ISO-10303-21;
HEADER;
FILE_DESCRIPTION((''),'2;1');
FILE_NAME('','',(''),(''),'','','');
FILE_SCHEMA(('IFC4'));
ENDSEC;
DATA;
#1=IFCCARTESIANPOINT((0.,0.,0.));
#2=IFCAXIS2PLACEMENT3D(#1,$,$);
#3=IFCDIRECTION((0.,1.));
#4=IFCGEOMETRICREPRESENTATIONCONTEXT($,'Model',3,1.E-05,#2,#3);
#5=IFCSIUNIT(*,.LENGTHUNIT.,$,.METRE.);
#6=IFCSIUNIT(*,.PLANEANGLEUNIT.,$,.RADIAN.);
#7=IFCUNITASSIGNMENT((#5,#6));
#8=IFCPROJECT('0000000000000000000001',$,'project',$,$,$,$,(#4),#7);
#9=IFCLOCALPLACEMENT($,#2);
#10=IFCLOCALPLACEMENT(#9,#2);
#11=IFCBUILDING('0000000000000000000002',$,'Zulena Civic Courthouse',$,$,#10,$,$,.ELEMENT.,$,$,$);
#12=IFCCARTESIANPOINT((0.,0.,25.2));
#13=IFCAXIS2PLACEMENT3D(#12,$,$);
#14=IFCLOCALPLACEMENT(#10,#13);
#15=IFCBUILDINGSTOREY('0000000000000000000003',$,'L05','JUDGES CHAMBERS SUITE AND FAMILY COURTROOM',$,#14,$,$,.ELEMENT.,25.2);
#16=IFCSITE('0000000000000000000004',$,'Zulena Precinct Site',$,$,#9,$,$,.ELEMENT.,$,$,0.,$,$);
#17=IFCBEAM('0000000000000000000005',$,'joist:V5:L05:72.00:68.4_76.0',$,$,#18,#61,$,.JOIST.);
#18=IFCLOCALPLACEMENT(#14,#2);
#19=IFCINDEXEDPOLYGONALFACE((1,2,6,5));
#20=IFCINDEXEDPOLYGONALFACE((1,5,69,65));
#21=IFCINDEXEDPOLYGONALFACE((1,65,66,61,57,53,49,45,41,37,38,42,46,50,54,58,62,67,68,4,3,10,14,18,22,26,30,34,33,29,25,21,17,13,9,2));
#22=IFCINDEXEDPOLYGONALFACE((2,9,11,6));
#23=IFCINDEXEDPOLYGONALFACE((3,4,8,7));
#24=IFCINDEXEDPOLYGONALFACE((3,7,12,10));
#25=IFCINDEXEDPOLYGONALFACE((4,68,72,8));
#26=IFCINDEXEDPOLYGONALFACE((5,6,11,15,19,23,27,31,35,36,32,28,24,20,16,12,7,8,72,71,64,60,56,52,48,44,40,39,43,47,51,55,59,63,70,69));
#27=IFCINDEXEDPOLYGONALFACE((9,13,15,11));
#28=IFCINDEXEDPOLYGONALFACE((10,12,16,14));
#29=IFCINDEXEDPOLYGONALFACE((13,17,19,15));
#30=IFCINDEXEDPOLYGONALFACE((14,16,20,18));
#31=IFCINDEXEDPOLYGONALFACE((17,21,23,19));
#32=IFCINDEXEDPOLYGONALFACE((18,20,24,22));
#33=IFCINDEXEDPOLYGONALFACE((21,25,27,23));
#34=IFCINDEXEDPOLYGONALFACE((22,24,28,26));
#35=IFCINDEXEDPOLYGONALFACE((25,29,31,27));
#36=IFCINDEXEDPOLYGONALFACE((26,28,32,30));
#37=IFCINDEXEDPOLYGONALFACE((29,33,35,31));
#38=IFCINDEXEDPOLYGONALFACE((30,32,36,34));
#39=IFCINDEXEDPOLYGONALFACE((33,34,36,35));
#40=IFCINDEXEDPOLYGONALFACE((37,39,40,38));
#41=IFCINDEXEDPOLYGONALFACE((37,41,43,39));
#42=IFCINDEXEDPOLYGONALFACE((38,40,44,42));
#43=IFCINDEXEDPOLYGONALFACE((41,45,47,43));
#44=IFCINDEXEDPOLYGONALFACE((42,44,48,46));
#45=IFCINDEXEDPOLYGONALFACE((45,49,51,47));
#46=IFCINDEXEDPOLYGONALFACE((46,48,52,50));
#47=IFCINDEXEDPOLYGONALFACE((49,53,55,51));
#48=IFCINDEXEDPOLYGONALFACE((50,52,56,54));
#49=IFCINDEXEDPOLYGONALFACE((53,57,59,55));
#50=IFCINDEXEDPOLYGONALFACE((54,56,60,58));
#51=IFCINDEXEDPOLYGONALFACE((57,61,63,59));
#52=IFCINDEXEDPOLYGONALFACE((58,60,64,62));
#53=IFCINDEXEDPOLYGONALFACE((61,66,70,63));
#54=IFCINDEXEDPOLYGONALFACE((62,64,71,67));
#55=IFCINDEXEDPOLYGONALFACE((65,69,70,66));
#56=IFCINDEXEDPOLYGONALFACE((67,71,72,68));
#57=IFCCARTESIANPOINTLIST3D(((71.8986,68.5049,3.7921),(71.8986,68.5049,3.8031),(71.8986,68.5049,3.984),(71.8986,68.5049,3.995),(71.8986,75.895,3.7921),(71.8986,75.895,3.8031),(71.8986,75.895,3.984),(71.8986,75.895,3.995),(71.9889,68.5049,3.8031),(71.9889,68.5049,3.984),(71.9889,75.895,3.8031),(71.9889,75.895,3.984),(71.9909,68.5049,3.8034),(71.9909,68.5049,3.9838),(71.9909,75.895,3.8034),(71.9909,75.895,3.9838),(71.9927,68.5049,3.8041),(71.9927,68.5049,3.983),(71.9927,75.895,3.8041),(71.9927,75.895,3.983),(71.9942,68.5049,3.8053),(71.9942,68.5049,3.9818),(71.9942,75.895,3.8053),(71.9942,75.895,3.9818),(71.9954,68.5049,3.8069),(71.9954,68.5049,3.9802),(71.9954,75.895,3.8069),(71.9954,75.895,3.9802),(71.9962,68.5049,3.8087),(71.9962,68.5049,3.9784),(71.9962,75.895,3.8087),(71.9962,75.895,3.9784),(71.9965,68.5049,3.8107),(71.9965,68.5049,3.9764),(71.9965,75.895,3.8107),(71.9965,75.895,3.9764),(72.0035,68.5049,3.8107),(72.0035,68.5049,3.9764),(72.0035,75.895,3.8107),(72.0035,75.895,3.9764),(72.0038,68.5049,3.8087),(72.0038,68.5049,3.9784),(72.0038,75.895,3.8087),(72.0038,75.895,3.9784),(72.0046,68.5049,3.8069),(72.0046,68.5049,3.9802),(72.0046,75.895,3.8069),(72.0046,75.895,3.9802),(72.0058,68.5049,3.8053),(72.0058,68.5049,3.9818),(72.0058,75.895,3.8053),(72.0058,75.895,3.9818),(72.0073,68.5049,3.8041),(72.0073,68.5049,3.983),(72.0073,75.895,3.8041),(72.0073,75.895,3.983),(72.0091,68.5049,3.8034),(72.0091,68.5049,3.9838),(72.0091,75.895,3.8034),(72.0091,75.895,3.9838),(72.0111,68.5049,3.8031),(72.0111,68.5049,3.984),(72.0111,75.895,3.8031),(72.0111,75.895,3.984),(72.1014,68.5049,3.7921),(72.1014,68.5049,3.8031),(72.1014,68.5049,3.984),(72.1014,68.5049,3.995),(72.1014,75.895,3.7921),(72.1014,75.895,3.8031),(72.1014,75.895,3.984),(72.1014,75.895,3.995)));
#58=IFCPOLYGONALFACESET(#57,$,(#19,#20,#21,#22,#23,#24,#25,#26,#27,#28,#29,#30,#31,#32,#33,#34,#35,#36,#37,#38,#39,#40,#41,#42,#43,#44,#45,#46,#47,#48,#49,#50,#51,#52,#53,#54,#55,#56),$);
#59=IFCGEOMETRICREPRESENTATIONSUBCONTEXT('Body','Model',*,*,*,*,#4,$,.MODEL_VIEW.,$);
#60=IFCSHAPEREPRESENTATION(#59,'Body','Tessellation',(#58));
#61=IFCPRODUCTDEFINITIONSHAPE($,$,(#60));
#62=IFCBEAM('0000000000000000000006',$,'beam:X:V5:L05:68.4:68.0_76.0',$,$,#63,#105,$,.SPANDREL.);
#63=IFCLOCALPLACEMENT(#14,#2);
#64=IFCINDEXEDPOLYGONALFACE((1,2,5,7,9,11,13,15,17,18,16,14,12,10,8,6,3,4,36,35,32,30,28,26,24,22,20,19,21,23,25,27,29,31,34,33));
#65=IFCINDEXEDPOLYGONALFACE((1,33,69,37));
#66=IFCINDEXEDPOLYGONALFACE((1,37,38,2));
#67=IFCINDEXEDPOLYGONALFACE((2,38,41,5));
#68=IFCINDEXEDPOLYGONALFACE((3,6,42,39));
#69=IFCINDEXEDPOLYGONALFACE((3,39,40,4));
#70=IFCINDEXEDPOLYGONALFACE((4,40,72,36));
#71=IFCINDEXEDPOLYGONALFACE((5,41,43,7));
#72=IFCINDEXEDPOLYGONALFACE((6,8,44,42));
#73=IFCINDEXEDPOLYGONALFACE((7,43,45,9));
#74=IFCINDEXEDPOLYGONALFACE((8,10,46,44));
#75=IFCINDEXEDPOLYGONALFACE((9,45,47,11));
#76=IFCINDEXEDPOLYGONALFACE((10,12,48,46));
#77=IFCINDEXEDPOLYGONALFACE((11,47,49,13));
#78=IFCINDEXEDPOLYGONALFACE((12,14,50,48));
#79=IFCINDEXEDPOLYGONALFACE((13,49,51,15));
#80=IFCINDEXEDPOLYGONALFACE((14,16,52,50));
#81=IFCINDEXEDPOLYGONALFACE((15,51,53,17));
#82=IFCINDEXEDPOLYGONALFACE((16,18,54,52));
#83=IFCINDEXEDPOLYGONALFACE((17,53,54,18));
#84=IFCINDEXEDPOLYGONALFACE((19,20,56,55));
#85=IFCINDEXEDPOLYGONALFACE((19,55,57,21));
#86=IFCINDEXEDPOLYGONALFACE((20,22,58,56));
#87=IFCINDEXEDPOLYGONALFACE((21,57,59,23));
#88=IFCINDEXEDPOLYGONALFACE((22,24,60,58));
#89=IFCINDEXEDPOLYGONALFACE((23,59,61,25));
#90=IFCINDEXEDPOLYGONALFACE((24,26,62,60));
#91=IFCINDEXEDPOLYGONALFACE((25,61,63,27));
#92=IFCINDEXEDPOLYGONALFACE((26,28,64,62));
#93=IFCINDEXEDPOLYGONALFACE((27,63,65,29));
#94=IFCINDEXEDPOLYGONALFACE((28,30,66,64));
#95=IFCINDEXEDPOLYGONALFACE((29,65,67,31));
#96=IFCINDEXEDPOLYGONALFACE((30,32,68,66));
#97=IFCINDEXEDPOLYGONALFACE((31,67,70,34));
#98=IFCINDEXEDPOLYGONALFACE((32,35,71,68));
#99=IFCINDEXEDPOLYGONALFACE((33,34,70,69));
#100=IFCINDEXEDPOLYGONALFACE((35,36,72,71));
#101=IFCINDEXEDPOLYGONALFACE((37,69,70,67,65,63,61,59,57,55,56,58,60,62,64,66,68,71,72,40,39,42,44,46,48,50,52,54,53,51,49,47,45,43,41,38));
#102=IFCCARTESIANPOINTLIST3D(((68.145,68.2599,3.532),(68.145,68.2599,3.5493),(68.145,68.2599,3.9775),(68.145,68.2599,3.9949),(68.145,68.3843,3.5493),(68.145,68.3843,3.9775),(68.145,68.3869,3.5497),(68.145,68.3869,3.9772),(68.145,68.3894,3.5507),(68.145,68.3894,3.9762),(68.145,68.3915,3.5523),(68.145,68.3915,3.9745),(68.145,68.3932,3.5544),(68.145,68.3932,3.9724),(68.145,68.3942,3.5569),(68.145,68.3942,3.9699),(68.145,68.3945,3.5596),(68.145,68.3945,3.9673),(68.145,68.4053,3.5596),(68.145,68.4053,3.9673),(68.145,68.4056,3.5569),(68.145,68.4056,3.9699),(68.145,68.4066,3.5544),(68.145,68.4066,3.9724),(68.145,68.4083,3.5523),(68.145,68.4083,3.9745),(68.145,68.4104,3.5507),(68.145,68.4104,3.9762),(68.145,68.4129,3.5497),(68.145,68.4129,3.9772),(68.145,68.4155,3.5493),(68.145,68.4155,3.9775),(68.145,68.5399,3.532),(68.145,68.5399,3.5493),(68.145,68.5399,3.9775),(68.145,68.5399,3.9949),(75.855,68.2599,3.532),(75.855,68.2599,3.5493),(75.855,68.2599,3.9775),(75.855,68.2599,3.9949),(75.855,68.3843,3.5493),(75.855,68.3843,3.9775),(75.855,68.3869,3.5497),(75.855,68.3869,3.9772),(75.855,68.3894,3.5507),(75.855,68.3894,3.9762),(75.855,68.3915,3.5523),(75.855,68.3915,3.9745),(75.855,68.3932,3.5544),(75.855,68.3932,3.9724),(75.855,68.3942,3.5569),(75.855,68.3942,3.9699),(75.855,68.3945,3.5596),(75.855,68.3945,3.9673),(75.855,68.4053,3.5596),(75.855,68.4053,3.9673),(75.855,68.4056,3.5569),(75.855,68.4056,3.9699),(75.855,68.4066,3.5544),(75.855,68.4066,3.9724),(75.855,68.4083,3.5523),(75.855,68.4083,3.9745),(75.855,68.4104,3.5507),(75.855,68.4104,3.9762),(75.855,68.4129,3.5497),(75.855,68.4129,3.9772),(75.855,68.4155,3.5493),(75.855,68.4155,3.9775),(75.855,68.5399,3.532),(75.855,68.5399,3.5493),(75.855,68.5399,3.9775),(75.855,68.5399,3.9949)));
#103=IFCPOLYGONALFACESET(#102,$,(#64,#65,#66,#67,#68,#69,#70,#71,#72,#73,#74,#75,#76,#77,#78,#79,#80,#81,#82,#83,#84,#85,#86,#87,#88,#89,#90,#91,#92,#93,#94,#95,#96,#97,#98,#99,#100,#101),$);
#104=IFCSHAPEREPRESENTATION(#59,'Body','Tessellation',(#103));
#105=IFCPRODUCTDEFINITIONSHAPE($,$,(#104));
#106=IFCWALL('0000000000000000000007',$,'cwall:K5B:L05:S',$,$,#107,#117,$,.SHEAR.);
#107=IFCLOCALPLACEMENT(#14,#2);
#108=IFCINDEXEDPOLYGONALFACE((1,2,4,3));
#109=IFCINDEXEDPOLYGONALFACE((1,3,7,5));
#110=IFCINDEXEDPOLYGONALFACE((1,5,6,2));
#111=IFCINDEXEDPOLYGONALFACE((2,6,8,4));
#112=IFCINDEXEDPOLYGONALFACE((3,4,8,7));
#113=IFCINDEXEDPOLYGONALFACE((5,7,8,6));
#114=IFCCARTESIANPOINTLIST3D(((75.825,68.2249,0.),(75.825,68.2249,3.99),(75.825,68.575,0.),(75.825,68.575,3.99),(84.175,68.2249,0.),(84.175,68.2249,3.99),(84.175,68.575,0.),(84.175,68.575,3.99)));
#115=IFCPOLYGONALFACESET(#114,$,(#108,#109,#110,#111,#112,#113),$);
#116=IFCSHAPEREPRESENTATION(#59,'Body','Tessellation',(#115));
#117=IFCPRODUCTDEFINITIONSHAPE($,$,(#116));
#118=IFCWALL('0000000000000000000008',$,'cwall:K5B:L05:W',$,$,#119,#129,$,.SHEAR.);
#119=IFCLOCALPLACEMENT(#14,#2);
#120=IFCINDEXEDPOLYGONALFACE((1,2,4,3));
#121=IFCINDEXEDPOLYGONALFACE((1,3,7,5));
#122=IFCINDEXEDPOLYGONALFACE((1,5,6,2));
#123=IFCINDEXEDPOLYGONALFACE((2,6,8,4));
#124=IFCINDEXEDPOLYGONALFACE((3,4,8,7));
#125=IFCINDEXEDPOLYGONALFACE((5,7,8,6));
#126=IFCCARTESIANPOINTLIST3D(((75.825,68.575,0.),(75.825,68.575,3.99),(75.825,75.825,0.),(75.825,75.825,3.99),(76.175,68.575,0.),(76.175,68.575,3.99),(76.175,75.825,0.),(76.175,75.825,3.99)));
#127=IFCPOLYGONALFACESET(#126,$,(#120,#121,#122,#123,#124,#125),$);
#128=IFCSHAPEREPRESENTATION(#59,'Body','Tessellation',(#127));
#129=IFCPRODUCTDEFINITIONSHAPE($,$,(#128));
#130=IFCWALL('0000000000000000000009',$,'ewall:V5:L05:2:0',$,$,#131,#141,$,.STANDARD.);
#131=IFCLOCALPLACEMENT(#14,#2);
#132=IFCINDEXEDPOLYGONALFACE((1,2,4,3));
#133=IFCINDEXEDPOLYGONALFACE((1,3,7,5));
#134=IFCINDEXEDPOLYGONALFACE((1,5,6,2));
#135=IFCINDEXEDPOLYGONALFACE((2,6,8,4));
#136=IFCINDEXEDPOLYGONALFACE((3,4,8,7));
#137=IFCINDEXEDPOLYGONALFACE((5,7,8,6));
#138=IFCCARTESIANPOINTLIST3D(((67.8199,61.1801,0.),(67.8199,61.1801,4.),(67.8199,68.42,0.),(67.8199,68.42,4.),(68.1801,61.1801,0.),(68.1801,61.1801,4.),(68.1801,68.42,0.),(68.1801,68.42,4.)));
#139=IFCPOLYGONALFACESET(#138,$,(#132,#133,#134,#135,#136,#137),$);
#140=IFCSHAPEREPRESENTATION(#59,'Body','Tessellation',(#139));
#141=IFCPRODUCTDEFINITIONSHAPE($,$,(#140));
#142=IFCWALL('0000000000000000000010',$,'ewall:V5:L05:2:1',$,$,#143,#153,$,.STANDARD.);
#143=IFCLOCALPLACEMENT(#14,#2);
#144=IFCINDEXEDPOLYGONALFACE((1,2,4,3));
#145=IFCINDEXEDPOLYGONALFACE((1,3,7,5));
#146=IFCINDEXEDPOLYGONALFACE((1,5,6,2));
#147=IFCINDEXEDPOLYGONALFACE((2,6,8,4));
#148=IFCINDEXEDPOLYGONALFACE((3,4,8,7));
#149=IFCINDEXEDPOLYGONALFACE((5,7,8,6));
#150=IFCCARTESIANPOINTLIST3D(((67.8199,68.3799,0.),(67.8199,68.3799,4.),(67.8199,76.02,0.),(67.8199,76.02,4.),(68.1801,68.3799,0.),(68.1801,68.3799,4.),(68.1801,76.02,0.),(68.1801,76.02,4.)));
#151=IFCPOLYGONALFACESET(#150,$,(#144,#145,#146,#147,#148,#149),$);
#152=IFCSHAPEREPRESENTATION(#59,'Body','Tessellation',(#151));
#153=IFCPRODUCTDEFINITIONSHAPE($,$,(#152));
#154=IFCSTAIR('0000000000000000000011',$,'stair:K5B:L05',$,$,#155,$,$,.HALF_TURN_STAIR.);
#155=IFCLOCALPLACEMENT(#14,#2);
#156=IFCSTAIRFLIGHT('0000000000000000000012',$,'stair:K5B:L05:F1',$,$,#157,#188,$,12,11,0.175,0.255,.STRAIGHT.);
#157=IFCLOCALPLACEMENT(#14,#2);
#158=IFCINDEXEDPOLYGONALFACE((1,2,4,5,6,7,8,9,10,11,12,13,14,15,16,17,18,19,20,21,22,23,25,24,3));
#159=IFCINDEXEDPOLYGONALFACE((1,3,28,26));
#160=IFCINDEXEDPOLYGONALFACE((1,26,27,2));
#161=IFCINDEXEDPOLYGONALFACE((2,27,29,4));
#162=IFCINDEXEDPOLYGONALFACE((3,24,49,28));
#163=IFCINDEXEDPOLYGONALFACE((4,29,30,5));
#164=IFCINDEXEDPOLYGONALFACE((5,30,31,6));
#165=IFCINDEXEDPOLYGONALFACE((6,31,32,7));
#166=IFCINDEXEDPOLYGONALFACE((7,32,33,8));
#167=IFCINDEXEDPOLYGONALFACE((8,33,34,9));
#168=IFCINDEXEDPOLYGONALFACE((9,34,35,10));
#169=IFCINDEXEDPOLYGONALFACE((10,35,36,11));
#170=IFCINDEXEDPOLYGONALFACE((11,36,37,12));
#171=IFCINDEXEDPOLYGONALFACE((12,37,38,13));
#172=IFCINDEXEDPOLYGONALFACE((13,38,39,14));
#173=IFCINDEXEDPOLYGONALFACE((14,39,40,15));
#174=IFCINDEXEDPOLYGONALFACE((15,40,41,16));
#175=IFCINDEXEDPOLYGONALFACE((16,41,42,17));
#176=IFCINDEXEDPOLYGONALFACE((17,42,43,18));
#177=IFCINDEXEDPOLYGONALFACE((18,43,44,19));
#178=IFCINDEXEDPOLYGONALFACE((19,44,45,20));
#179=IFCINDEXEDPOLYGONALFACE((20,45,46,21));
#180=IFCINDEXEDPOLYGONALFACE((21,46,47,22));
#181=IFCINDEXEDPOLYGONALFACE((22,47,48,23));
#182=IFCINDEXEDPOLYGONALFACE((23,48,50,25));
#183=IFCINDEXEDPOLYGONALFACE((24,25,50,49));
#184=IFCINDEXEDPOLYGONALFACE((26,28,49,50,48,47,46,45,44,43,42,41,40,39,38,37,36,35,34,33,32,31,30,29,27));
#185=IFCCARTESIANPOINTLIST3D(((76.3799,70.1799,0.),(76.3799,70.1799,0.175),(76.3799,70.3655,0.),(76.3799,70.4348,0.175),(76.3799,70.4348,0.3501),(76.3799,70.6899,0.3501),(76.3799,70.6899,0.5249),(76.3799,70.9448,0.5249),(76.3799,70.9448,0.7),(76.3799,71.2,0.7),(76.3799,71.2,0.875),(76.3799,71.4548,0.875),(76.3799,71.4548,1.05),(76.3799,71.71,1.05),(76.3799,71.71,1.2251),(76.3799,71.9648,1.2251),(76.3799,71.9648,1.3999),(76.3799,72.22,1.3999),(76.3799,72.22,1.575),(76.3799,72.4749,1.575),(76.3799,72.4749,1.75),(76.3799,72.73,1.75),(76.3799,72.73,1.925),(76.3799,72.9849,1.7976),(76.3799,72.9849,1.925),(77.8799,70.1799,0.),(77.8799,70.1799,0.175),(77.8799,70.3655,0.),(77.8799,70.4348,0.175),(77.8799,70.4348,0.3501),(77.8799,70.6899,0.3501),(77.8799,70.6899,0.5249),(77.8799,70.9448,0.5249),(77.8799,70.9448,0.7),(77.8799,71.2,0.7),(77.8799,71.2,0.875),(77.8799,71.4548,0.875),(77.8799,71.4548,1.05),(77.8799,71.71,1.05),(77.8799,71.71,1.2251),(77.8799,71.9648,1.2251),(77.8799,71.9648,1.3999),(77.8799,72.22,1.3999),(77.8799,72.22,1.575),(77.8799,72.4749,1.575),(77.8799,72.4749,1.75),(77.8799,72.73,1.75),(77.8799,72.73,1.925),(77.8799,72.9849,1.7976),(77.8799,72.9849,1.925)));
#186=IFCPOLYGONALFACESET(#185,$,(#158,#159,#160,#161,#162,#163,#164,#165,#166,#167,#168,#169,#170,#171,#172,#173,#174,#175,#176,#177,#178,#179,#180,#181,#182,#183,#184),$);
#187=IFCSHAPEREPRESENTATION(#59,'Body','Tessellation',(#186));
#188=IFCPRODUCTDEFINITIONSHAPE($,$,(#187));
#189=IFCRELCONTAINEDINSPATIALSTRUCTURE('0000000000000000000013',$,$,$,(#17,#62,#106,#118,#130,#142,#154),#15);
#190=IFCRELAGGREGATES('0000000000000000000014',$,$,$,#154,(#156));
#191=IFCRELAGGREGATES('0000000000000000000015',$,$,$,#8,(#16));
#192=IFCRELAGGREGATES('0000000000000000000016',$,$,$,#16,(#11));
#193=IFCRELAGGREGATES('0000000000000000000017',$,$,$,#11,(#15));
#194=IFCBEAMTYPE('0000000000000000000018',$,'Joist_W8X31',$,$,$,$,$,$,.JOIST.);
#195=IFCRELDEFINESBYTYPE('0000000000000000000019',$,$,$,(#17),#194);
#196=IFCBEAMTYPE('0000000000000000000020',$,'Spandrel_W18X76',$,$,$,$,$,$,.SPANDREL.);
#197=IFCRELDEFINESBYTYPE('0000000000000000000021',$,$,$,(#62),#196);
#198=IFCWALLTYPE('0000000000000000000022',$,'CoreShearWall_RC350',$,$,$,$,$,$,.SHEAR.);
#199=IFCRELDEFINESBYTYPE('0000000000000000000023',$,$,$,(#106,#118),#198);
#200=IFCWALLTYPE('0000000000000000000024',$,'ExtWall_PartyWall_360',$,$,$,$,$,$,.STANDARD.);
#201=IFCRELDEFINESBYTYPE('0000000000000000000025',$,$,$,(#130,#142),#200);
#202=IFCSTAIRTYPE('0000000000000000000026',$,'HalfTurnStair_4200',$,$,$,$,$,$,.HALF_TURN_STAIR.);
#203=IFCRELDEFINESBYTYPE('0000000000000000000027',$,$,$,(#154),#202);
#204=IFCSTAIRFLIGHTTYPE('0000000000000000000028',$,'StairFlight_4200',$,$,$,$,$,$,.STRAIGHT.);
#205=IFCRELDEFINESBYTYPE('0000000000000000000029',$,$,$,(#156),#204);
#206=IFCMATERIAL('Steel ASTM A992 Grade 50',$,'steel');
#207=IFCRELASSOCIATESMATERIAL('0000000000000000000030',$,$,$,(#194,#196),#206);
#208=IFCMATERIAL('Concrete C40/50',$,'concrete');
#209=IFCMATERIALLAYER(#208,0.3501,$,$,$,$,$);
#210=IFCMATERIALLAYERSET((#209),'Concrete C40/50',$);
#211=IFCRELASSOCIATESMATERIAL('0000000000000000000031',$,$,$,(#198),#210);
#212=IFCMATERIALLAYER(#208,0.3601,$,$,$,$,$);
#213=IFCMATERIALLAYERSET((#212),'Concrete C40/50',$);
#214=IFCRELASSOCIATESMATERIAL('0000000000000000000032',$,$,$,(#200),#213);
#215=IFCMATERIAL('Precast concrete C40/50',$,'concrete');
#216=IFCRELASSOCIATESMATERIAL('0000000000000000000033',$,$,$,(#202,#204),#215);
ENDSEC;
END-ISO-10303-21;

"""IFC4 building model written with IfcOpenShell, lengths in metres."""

from ifc_helpers import new_model, si_unit, direction, frame, frame_2d, origin, origin_2d, place, context, subcontext, project, spatial, polyline, rectangle, i_section, outline, extrude, material, layer, layer_set, material_profile, profile_set, type_object, element, aggregate, save


model = new_model("IFC4")

# Units and contexts
model_context = context("Model", 3, precision=1e-05, world=origin(), true_north=direction((0.0, 1.0)))
body_context = subcontext(model_context, "Body", "Model", "MODEL_VIEW")
ifc_project = project(units=[si_unit("LENGTHUNIT", "METRE"), si_unit("PLANEANGLEUNIT", "RADIAN")], contexts=[model_context])

# Site, building, storey
site_placement = place(None, origin())
site = spatial("IfcSite", under=ifc_project, at=site_placement, Name="Zulena Precinct Site", CompositionType="ELEMENT", RefElevation=0.0)
building_placement = place(site_placement, origin())
building = spatial("IfcBuilding", under=site, at=building_placement, Name="Zulena Civic Courthouse", CompositionType="ELEMENT")
storey_placement = place(building_placement, frame((0.0, 0.0, 25.2)))
storey = spatial("IfcBuildingStorey", under=building, at=storey_placement, Name="L05", Description="JUDGES CHAMBERS SUITE AND FAMILY COURTROOM", CompositionType="ELEMENT", Elevation=25.2)

# Shared definitions
ifc_material_1 = material(Name="Steel ASTM A992 Grade 50", Category="steel")

# Beams
ifc_material_profile_1 = material_profile(ifc_material_1, i_section(OverallWidth=0.2029, OverallDepth=0.2029, WebThickness=0.0071, FlangeThickness=0.011, FilletRadius=0.0076, at=origin_2d()), Name="W8X31")
ifc_profile_set_1 = profile_set([ifc_material_profile_1], Name="Steel ASTM A992 Grade 50")
beam_type_1 = type_object("IfcBeamType", Name="Joist_W8X31", PredefinedType="JOIST", material=ifc_profile_set_1)
beam_1_placement = place(storey_placement, frame((72.0, 68.5049, 3.8936), z_axis=(0.0, 1.0, 0.0), x_axis=(-1.0, 0.0, 0.0)))
element("IfcBeam", 1, at=beam_1_placement, inside=storey, type_object=beam_type_1, Name="joist:V5:L05:72.00:68.4_76.0", PredefinedType="JOIST", context=body_context, shape_type="SweptSolid", body=[
    extrude(i_section(OverallWidth=0.2029, OverallDepth=0.2029, WebThickness=0.0071, FlangeThickness=0.011, FilletRadius=0.0076, at=origin_2d()), origin(), (0.0, 0.0, 1.0), 7.3901),
])
ifc_material_profile_2 = material_profile(ifc_material_1, i_section(OverallWidth=0.28, OverallDepth=0.4629, WebThickness=0.0107, FlangeThickness=0.0173, FilletRadius=0.0103, at=origin_2d()), Name="W18X76")
ifc_profile_set_2 = profile_set([ifc_material_profile_2], Name="Steel ASTM A992 Grade 50")
beam_type_2 = type_object("IfcBeamType", Name="Spandrel_W18X76", PredefinedType="SPANDREL", material=ifc_profile_set_2)
beam_2_placement = place(storey_placement, frame((68.145, 68.3999, 3.7634), z_axis=(1.0, 0.0, 0.0), x_axis=(0.0, 1.0, 0.0)))
element("IfcBeam", 2, at=beam_2_placement, inside=storey, type_object=beam_type_2, Name="beam:X:V5:L05:68.4:68.0_76.0", PredefinedType="SPANDREL", context=body_context, shape_type="SweptSolid", body=[
    extrude(i_section(OverallWidth=0.28, OverallDepth=0.4629, WebThickness=0.0107, FlangeThickness=0.0173, FilletRadius=0.0103, at=origin_2d()), origin(), (0.0, 0.0, 1.0), 7.71),
])

# Walls
ifc_material_2 = material(Name="Concrete C40/50", Category="concrete")
ifc_layer_1 = layer(ifc_material_2, 0.3501)
ifc_layer_set_1 = layer_set([ifc_layer_1], Name="Concrete C40/50")
wall_type_1 = type_object("IfcWallType", Name="CoreShearWall_RC350", PredefinedType="SHEAR", material=ifc_layer_set_1)
wall_1_placement = place(storey_placement, frame((75.825, 68.3999, 0.0), z_axis=(0.0, 0.0, 1.0), x_axis=(1.0, 0.0, 0.0)))
element("IfcWall", 3, at=wall_1_placement, inside=storey, type_object=wall_type_1, Name="cwall:K5B:L05:S", PredefinedType="SHEAR", context=body_context, shape_type="SweptSolid", body=[
    extrude(rectangle(XDim=8.3501, YDim=0.3501, at=frame_2d((4.175, 0.0))), origin(), (0.0, 0.0, 1.0), 3.99),
])
wall_2_placement = place(storey_placement, frame((76.0, 68.575, 0.0), z_axis=(0.0, 0.0, 1.0), x_axis=(0.0, 1.0, 0.0)))
element("IfcWall", 4, at=wall_2_placement, inside=storey, type_object=wall_type_1, Name="cwall:K5B:L05:W", PredefinedType="SHEAR", context=body_context, shape_type="SweptSolid", body=[
    extrude(rectangle(XDim=7.25, YDim=0.3501, at=frame_2d((3.625, 0.0))), origin(), (0.0, 0.0, 1.0), 3.99),
])
ifc_layer_2 = layer(ifc_material_2, 0.3601)
ifc_layer_set_2 = layer_set([ifc_layer_2], Name="Concrete C40/50")
wall_type_2 = type_object("IfcWallType", Name="ExtWall_PartyWall_360", PredefinedType="STANDARD", material=ifc_layer_set_2)
wall_3_placement = place(storey_placement, frame((68.0, 61.1799, 0.0), z_axis=(0.0, 0.0, 1.0), x_axis=(0.0, 1.0, 0.0)))
element("IfcWall", 5, at=wall_3_placement, inside=storey, type_object=wall_type_2, Name="ewall:V5:L05:2:0", PredefinedType="STANDARD", context=body_context, shape_type="SweptSolid", body=[
    extrude(rectangle(XDim=7.24, YDim=0.3601, at=frame_2d((3.6201, 0.0))), origin(), (0.0, 0.0, 1.0), 4.0),
])
wall_4_placement = place(storey_placement, frame((68.0, 68.3799, 0.0), z_axis=(0.0, 0.0, 1.0), x_axis=(0.0, 1.0, 0.0)))
element("IfcWall", 6, at=wall_4_placement, inside=storey, type_object=wall_type_2, Name="ewall:V5:L05:2:1", PredefinedType="STANDARD", context=body_context, shape_type="SweptSolid", body=[
    extrude(rectangle(XDim=7.6401, YDim=0.3601, at=frame_2d((3.8201, 0.0))), origin(), (0.0, 0.0, 1.0), 4.0),
])

# Stair, stair flight
ifc_material_3 = material(Name="Precast concrete C40/50", Category="concrete")
stair_type = type_object("IfcStairType", Name="HalfTurnStair_4200", PredefinedType="HALF_TURN_STAIR", material=ifc_material_3)
stair_placement = place(storey_placement, origin())
stair = element("IfcStair", 7, at=stair_placement, inside=storey, type_object=stair_type, Name="stair:K5B:L05", PredefinedType="HALF_TURN_STAIR")
stair_flight_type = type_object("IfcStairFlightType", Name="StairFlight_4200", PredefinedType="STRAIGHT", material=ifc_material_3)
stair_flight_1_placement = place(storey_placement, frame((77.1299, 70.1799, 0.0), z_axis=(0.0, 0.0, 1.0), x_axis=(0.0, 1.0, 0.0)))
stair_flight_1 = element("IfcStairFlight", 8, at=stair_flight_1_placement, type_object=stair_flight_type, Name="stair:K5B:L05:F1", NumberOfRisers=12, NumberOfTreads=11, PredefinedType="STRAIGHT", RiserHeight=0.175, TreadLength=0.255, context=body_context, shape_type="SweptSolid", body=[
    extrude(outline(polyline([(0.0, 0.0), (0.0, 0.175), (0.2549, 0.175), (0.2549, 0.3501), (0.51, 0.3501), (0.51, 0.5249), (0.7649, 0.5249), (0.7649, 0.7), (1.02, 0.7), (1.02, 0.875), (1.2749, 0.875), (1.2749, 1.05), (1.53, 1.05), (1.53, 1.2251), (1.7849, 1.2251), (1.7849, 1.3999), (2.04, 1.3999), (2.04, 1.575), (2.2949, 1.575), (2.2949, 1.75), (2.55, 1.75), (2.55, 1.925), (2.8049, 1.925), (2.8049, 2.1001), (2.8049, 1.7976), (0.1855, 0.0), (0.0, 0.0)])), frame((0.0, 0.75, 0.0), z_axis=(0.0, -1.0, 0.0), x_axis=(1.0, 0.0, 0.0)), (0.0, 0.0, 1.0), 1.5),
])
aggregate(stair, [stair_flight_1])

save(model, "model.ifc")
